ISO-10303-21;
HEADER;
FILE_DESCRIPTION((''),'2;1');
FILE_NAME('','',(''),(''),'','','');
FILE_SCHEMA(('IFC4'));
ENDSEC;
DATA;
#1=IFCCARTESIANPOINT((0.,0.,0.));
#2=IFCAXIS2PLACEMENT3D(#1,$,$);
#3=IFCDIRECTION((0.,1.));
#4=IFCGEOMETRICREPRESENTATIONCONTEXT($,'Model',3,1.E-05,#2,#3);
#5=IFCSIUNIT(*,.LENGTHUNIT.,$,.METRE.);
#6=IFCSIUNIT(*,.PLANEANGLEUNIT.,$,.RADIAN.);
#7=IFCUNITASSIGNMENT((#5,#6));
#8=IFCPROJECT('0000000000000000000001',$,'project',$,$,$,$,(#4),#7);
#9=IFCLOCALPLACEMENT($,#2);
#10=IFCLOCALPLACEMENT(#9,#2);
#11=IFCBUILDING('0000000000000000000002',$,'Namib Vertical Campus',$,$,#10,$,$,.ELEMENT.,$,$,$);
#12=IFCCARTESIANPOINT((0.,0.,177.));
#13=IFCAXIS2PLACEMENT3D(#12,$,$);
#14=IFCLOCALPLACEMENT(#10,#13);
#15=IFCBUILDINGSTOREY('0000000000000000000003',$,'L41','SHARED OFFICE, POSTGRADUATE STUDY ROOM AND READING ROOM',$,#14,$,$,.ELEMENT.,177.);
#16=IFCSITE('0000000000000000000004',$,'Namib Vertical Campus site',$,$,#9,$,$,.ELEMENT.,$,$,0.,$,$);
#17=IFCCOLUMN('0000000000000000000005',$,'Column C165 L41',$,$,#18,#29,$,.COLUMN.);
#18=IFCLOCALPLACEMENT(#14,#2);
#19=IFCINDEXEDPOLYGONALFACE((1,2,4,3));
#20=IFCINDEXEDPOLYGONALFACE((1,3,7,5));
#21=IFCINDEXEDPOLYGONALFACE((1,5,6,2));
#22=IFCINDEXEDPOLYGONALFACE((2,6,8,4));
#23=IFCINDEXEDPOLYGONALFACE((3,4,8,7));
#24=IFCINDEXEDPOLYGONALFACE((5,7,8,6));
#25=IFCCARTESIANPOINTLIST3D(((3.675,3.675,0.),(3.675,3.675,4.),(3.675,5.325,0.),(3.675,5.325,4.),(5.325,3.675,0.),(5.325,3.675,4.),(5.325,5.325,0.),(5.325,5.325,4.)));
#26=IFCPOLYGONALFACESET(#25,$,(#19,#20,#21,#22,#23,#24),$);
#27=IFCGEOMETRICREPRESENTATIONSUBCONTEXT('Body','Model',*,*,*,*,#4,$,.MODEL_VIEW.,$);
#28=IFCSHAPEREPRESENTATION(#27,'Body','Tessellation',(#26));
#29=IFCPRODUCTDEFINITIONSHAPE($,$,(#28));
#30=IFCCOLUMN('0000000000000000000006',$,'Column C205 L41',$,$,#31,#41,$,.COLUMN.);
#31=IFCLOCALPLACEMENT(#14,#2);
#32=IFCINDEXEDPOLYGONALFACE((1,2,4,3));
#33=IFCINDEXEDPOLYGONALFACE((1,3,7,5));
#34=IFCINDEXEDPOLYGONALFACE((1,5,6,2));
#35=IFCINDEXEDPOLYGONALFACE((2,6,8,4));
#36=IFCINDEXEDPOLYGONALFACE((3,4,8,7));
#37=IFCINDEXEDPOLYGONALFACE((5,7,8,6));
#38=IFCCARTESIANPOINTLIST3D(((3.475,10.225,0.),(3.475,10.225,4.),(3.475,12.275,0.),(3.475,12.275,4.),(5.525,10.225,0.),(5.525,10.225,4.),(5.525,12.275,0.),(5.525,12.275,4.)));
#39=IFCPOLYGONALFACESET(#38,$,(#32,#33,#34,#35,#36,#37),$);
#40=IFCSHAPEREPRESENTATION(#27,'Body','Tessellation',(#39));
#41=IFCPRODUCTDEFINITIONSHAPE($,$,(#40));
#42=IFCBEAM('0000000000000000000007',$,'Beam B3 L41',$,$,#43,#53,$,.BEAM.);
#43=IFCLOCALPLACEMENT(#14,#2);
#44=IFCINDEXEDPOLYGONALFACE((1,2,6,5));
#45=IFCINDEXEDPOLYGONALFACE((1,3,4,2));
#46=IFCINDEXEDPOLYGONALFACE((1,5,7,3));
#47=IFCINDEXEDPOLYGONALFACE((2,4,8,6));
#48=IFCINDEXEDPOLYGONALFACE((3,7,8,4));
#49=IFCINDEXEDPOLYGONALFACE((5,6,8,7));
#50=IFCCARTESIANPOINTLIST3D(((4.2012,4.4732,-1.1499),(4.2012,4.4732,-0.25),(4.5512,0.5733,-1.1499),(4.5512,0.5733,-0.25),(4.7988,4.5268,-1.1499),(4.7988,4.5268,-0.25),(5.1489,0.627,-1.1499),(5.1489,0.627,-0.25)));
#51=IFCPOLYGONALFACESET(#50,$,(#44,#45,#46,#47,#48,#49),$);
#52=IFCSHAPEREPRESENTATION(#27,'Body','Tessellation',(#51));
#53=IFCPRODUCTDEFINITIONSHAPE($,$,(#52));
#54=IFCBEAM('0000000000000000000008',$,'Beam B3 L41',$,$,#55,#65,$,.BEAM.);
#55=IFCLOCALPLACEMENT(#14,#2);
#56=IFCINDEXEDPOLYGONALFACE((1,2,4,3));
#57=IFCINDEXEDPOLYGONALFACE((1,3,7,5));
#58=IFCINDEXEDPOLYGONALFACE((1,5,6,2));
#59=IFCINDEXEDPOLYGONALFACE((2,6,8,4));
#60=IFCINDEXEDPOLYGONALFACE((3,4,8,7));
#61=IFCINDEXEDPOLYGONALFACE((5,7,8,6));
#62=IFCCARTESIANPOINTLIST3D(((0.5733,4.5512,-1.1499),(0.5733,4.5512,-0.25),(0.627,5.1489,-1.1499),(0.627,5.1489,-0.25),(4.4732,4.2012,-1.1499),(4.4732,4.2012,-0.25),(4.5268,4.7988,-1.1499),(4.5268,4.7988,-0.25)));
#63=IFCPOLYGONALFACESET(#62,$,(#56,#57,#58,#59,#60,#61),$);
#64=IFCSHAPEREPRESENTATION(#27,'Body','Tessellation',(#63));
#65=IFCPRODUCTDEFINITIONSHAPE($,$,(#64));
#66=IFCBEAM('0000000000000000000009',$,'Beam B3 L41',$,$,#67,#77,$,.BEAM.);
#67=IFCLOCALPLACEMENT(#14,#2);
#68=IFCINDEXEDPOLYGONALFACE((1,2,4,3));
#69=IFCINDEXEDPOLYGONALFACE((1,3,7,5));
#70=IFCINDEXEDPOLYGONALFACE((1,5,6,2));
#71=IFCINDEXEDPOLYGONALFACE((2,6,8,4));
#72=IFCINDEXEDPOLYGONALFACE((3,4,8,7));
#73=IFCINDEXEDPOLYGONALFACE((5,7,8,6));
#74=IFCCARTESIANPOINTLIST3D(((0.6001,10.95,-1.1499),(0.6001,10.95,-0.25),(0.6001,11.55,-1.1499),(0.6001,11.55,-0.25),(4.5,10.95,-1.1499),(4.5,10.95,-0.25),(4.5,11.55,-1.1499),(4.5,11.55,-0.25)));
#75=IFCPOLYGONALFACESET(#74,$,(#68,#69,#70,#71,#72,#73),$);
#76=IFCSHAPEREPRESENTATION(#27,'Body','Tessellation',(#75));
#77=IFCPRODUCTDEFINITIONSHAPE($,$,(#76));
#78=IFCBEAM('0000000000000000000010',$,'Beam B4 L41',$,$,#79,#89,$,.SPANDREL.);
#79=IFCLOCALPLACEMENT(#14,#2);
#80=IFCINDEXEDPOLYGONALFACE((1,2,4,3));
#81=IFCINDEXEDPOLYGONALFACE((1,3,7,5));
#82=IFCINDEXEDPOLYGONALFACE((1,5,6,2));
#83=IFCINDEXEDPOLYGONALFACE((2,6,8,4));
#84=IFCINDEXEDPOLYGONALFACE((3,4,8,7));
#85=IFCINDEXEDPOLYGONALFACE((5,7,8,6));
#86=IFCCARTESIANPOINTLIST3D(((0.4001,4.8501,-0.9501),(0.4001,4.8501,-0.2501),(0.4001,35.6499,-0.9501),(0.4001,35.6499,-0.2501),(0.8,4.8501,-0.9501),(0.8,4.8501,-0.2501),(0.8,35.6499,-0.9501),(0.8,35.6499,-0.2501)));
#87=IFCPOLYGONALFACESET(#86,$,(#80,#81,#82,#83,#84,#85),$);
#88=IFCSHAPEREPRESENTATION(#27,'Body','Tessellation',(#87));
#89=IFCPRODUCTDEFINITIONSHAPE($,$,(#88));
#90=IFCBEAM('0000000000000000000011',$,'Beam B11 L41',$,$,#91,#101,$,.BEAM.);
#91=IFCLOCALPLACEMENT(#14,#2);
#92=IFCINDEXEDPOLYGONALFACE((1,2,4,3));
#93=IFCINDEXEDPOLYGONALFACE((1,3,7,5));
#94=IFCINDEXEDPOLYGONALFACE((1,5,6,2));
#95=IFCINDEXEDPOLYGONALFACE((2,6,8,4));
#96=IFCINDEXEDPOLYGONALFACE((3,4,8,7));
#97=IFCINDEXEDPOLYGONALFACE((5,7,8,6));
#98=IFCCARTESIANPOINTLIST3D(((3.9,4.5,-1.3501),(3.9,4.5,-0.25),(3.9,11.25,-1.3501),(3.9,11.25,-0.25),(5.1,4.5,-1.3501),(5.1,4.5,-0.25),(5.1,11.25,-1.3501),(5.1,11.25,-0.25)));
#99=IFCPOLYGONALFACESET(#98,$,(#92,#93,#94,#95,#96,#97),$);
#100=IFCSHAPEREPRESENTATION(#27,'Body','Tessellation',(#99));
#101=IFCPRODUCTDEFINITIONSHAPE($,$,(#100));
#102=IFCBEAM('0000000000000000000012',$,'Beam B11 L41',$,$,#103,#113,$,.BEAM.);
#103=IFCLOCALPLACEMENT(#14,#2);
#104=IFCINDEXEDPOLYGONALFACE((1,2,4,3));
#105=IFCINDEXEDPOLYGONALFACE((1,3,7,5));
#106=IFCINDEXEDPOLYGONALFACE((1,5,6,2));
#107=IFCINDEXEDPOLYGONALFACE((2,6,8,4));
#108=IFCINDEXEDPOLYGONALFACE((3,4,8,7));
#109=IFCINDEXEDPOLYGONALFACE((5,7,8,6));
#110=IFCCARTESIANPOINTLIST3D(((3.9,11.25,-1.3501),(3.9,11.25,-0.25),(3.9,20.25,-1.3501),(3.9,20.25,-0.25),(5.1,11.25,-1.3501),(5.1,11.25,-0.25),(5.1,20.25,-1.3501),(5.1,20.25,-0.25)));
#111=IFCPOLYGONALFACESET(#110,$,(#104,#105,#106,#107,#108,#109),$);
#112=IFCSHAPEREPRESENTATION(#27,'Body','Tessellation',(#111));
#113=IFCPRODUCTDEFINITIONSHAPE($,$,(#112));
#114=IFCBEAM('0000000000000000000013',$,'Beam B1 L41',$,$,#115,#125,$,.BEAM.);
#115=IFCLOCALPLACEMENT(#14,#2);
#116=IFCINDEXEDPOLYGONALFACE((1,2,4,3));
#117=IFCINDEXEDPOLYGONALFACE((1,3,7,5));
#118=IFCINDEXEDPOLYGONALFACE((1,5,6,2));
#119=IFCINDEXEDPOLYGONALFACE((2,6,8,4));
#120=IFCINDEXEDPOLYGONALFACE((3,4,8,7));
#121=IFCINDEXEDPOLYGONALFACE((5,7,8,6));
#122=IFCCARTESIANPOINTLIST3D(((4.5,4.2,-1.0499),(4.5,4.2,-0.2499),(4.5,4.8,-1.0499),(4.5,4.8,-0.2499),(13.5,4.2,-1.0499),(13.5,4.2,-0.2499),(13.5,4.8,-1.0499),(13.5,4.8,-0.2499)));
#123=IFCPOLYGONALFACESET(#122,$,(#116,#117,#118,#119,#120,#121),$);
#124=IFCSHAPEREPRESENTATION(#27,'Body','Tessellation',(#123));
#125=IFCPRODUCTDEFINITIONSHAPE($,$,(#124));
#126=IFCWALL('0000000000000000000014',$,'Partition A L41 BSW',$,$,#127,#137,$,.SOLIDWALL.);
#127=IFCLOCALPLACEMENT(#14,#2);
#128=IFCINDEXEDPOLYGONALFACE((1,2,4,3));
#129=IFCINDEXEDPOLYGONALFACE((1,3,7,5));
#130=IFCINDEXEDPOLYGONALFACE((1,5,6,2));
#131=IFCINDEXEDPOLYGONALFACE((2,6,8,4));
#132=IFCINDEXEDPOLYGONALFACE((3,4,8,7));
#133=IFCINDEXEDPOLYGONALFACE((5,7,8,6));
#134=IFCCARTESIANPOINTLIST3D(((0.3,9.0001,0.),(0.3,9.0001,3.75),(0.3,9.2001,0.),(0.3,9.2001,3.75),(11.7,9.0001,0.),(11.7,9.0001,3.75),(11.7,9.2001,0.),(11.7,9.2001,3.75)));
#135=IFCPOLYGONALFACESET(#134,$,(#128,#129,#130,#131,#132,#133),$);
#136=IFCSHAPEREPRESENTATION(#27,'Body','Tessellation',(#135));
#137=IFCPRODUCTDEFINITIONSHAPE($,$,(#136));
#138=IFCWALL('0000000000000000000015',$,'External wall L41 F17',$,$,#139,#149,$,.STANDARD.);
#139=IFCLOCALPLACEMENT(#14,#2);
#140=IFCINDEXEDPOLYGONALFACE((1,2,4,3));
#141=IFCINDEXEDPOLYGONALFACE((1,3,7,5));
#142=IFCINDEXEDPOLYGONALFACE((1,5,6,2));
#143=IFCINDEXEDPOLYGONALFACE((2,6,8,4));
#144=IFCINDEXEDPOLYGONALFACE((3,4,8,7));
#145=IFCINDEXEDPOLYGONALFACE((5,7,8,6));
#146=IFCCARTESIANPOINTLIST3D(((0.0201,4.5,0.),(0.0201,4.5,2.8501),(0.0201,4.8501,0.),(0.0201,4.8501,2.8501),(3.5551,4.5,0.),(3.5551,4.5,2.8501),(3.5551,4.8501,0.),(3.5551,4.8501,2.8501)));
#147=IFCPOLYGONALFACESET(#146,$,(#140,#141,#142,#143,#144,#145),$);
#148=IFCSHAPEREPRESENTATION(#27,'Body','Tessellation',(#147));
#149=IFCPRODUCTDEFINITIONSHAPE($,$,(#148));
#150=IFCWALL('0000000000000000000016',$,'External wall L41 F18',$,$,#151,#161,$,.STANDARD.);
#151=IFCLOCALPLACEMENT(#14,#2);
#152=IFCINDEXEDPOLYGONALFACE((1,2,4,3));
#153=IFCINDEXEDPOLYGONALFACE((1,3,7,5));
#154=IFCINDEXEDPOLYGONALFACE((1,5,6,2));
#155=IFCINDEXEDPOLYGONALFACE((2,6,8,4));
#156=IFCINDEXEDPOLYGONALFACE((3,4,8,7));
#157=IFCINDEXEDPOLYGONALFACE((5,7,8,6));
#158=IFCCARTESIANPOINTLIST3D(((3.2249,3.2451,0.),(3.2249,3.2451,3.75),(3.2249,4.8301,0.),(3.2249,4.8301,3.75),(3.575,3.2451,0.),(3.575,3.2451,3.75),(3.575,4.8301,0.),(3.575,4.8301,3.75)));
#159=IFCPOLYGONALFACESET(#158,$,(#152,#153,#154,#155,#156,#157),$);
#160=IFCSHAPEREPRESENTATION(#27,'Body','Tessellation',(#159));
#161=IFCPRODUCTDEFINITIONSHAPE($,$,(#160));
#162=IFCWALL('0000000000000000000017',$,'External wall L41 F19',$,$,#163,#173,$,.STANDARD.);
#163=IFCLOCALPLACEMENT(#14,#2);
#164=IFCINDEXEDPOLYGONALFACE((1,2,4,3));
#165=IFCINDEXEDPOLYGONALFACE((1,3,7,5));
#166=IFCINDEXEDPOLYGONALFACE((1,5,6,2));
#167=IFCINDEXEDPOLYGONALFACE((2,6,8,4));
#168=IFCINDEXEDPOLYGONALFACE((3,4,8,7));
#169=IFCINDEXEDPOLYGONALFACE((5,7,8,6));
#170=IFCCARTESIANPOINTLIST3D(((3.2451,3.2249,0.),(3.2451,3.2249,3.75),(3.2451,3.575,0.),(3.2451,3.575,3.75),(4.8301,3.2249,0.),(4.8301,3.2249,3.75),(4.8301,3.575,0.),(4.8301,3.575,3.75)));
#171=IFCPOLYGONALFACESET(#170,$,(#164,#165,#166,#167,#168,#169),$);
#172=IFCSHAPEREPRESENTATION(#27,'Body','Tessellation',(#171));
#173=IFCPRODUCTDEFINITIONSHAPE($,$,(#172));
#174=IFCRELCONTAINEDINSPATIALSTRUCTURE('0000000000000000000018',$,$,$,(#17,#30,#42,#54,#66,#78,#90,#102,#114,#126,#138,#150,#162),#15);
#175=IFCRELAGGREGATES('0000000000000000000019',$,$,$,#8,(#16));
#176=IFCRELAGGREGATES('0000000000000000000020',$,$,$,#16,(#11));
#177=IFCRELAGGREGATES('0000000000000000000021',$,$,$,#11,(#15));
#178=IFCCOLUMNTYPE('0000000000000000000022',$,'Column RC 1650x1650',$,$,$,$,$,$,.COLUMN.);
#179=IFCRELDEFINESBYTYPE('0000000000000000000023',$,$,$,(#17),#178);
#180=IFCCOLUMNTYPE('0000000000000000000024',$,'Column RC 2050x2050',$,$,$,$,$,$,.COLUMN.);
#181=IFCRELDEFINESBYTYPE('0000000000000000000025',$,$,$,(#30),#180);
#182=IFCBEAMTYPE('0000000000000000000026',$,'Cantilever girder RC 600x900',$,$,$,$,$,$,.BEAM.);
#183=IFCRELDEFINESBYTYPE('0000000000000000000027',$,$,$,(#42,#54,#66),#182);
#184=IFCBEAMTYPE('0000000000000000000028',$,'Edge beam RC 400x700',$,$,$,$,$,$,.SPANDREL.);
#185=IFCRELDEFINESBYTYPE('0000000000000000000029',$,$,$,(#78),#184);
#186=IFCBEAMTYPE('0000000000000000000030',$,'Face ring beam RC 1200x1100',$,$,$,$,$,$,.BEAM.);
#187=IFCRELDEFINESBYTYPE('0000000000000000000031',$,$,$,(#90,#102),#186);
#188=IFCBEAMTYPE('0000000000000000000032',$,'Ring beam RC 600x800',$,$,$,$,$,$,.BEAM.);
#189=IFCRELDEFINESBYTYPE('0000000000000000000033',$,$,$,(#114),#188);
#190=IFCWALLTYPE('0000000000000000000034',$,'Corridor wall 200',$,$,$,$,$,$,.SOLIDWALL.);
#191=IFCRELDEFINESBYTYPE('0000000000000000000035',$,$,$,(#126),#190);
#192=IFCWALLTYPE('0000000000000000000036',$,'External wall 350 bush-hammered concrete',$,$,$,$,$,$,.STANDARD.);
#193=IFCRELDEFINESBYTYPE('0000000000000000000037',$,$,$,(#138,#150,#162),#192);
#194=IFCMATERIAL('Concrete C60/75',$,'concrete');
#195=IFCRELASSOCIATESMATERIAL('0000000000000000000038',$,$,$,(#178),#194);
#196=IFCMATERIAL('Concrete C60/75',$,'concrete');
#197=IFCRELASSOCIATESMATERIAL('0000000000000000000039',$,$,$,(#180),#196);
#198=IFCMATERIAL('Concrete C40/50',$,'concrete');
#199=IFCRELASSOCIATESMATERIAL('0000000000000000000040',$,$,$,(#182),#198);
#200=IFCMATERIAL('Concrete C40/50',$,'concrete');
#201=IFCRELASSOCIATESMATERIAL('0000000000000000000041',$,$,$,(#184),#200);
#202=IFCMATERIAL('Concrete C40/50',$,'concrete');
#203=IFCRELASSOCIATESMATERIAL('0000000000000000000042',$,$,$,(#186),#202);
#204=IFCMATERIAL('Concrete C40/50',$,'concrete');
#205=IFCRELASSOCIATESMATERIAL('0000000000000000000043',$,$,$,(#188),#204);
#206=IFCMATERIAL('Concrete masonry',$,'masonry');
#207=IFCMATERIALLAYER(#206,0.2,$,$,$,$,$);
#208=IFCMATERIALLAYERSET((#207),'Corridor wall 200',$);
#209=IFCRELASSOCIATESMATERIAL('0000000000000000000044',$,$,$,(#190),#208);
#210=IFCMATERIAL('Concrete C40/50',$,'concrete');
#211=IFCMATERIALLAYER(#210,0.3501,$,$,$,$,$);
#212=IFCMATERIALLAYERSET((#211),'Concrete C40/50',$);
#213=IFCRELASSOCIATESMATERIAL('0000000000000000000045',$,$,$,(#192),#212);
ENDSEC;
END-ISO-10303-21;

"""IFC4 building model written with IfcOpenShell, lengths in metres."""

from ifc_helpers import new_model, si_unit, direction, frame, frame_2d, origin, origin_2d, place, context, subcontext, project, spatial, rectangle, extrude, material, layer, layer_set, material_profile, profile_set, type_object, element, save


model = new_model("IFC4")

# Units and contexts
model_context = context("Model", 3, precision=1e-05, world=origin(), true_north=direction((0.0, 1.0)))
body_context = subcontext(model_context, "Body", "Model", "MODEL_VIEW")
ifc_project = project(units=[si_unit("LENGTHUNIT", "METRE"), si_unit("PLANEANGLEUNIT", "RADIAN")], contexts=[model_context])

# Site, building, storey
site_placement = place(None, origin())
site = spatial("IfcSite", under=ifc_project, at=site_placement, Name="Namib Vertical Campus site", CompositionType="ELEMENT", RefElevation=0.0)
building_placement = place(site_placement, origin())
building = spatial("IfcBuilding", under=site, at=building_placement, Name="Namib Vertical Campus", CompositionType="ELEMENT")
storey_placement = place(building_placement, frame((0.0, 0.0, 177.0)))
storey = spatial("IfcBuildingStorey", under=building, at=storey_placement, Name="L41", Description="SHARED OFFICE, POSTGRADUATE STUDY ROOM AND READING ROOM", CompositionType="ELEMENT", Elevation=177.0)

# Columns
ifc_material_1 = material(Name="Concrete C60/75", Category="concrete")
ifc_material_profile_1 = material_profile(ifc_material_1, rectangle(XDim=1.6499, YDim=1.6499, at=origin_2d()))
ifc_profile_set_1 = profile_set([ifc_material_profile_1], Name="Concrete C60/75")
column_type_1 = type_object("IfcColumnType", Name="Column RC 1650x1650", PredefinedType="COLUMN", material=ifc_profile_set_1)
column_1_placement = place(storey_placement, frame((4.5, 4.5, 0.0), z_axis=(0.0, 0.0, 1.0), x_axis=(1.0, 0.0, 0.0)))
element("IfcColumn", 1, at=column_1_placement, inside=storey, type_object=column_type_1, Name="Column C165 L41", PredefinedType="COLUMN", context=body_context, shape_type="SweptSolid", body=[
    extrude(rectangle(XDim=1.6499, YDim=1.6499, at=origin_2d()), origin(), (0.0, 0.0, 1.0), 4.0),
])
ifc_material_2 = material(Name="Concrete C60/75", Category="concrete")
ifc_material_profile_2 = material_profile(ifc_material_2, rectangle(XDim=2.05, YDim=2.05, at=origin_2d()))
ifc_profile_set_2 = profile_set([ifc_material_profile_2], Name="Concrete C60/75")
column_type_2 = type_object("IfcColumnType", Name="Column RC 2050x2050", PredefinedType="COLUMN", material=ifc_profile_set_2)
column_2_placement = place(storey_placement, frame((4.5, 11.25, 0.0), z_axis=(0.0, 0.0, 1.0), x_axis=(1.0, 0.0, 0.0)))
element("IfcColumn", 2, at=column_2_placement, inside=storey, type_object=column_type_2, Name="Column C205 L41", PredefinedType="COLUMN", context=body_context, shape_type="SweptSolid", body=[
    extrude(rectangle(XDim=2.05, YDim=2.05, at=origin_2d()), origin(), (0.0, 0.0, 1.0), 4.0),
])

# Beams
ifc_material_3 = material(Name="Concrete C40/50", Category="concrete")
ifc_material_profile_3 = material_profile(ifc_material_3, rectangle(XDim=0.6001, YDim=0.8999, at=origin_2d()))
ifc_profile_set_3 = profile_set([ifc_material_profile_3], Name="Concrete C40/50")
beam_type_1 = type_object("IfcBeamType", Name="Cantilever girder RC 600x900", PredefinedType="BEAM", material=ifc_profile_set_3)
for number, where, z_axis, x_axis, name in (
    (3, (4.5, 4.5, -0.7), (0.089411, -0.995995, 0.0), (0.995995, 0.089411, 0.0), "Beam B3 L41"),
    (4, (4.5, 4.5, -0.7), (-0.995995, 0.089411, 0.0), (-0.089411, -0.995995, 0.0), "Beam B3 L41"),
):
    element("IfcBeam", number, at=place(storey_placement, frame(where, z_axis=z_axis, x_axis=x_axis)), inside=storey, type_object=beam_type_1, Name=name, PredefinedType="BEAM", context=body_context, shape_type="SweptSolid", body=[
        extrude(rectangle(XDim=0.6001, YDim=0.8999, at=origin_2d()), origin(), (0.0, 0.0, 1.0), 3.9155),
    ])
beam_1_placement = place(storey_placement, frame((4.5, 11.25, -0.7), z_axis=(-1.0, 0.0, 0.0), x_axis=(0.0, -1.0, 0.0)))
element("IfcBeam", 5, at=beam_1_placement, inside=storey, type_object=beam_type_1, Name="Beam B3 L41", PredefinedType="BEAM", context=body_context, shape_type="SweptSolid", body=[
    extrude(rectangle(XDim=0.6001, YDim=0.8999, at=origin_2d()), origin(), (0.0, 0.0, 1.0), 3.8999),
])
ifc_material_4 = material(Name="Concrete C40/50", Category="concrete")
ifc_material_profile_4 = material_profile(ifc_material_4, rectangle(XDim=0.3999, YDim=0.7, at=origin_2d()))
ifc_profile_set_4 = profile_set([ifc_material_profile_4], Name="Concrete C40/50")
beam_type_2 = type_object("IfcBeamType", Name="Edge beam RC 400x700", PredefinedType="SPANDREL", material=ifc_profile_set_4)
beam_2_placement = place(storey_placement, frame((0.6001, 4.8501, -0.6001), z_axis=(0.0, 1.0, 0.0), x_axis=(-1.0, 0.0, 0.0)))
element("IfcBeam", 6, at=beam_2_placement, inside=storey, type_object=beam_type_2, Name="Beam B4 L41", PredefinedType="SPANDREL", context=body_context, shape_type="SweptSolid", body=[
    extrude(rectangle(XDim=0.3999, YDim=0.7, at=origin_2d()), origin(), (0.0, 0.0, 1.0), 30.7998),
])
ifc_material_5 = material(Name="Concrete C40/50", Category="concrete")
ifc_material_profile_5 = material_profile(ifc_material_5, rectangle(XDim=1.2, YDim=1.1001, at=origin_2d()))
ifc_profile_set_5 = profile_set([ifc_material_profile_5], Name="Concrete C40/50")
beam_type_3 = type_object("IfcBeamType", Name="Face ring beam RC 1200x1100", PredefinedType="BEAM", material=ifc_profile_set_5)
beam_3_placement = place(storey_placement, frame((4.5, 4.5, -0.8), z_axis=(0.0, 1.0, 0.0), x_axis=(-1.0, 0.0, 0.0)))
element("IfcBeam", 7, at=beam_3_placement, inside=storey, type_object=beam_type_3, Name="Beam B11 L41", PredefinedType="BEAM", context=body_context, shape_type="SweptSolid", body=[
    extrude(rectangle(XDim=1.2, YDim=1.1001, at=origin_2d()), origin(), (0.0, 0.0, 1.0), 6.75),
])
beam_4_placement = place(storey_placement, frame((4.5, 11.25, -0.8), z_axis=(0.0, 1.0, 0.0), x_axis=(-1.0, 0.0, 0.0)))
element("IfcBeam", 8, at=beam_4_placement, inside=storey, type_object=beam_type_3, Name="Beam B11 L41", PredefinedType="BEAM", context=body_context, shape_type="SweptSolid", body=[
    extrude(rectangle(XDim=1.2, YDim=1.1001, at=origin_2d()), origin(), (0.0, 0.0, 1.0), 9.0),
])
ifc_material_6 = material(Name="Concrete C40/50", Category="concrete")
ifc_material_profile_6 = material_profile(ifc_material_6, rectangle(XDim=0.6001, YDim=0.8, at=origin_2d()))
ifc_profile_set_6 = profile_set([ifc_material_profile_6], Name="Concrete C40/50")
beam_type_4 = type_object("IfcBeamType", Name="Ring beam RC 600x800", PredefinedType="BEAM", material=ifc_profile_set_6)
beam_5_placement = place(storey_placement, frame((4.5, 4.5, -0.6499), z_axis=(1.0, 0.0, 0.0), x_axis=(0.0, 1.0, 0.0)))
element("IfcBeam", 9, at=beam_5_placement, inside=storey, type_object=beam_type_4, Name="Beam B1 L41", PredefinedType="BEAM", context=body_context, shape_type="SweptSolid", body=[
    extrude(rectangle(XDim=0.6001, YDim=0.8, at=origin_2d()), origin(), (0.0, 0.0, 1.0), 9.0),
])

# Walls
ifc_material_7 = material(Name="Concrete masonry", Category="masonry")
ifc_layer_1 = layer(ifc_material_7, 0.2)
ifc_layer_set_1 = layer_set([ifc_layer_1], Name="Corridor wall 200")
wall_type_1 = type_object("IfcWallType", Name="Corridor wall 200", PredefinedType="SOLIDWALL", material=ifc_layer_set_1)
wall_1_placement = place(storey_placement, frame((0.3, 9.1001, 0.0), z_axis=(0.0, 0.0, 1.0), x_axis=(1.0, 0.0, 0.0)))
element("IfcWall", 10, at=wall_1_placement, inside=storey, type_object=wall_type_1, Name="Partition A L41 BSW", PredefinedType="SOLIDWALL", context=body_context, shape_type="SweptSolid", body=[
    extrude(rectangle(XDim=11.3999, YDim=0.2, at=frame_2d((5.7, 0.0))), origin(), (0.0, 0.0, 1.0), 3.75),
])
ifc_material_8 = material(Name="Concrete C40/50", Category="concrete")
ifc_layer_2 = layer(ifc_material_8, 0.3501)
ifc_layer_set_2 = layer_set([ifc_layer_2], Name="Concrete C40/50")
wall_type_2 = type_object("IfcWallType", Name="External wall 350 bush-hammered concrete", PredefinedType="STANDARD", material=ifc_layer_set_2)
wall_2_placement = place(storey_placement, frame((0.02, 4.675, 0.0), z_axis=(0.0, 0.0, 1.0), x_axis=(1.0, 0.0, 0.0)))
element("IfcWall", 11, at=wall_2_placement, inside=storey, type_object=wall_type_2, Name="External wall L41 F17", PredefinedType="STANDARD", context=body_context, shape_type="SweptSolid", body=[
    extrude(rectangle(XDim=3.5349, YDim=0.3501, at=frame_2d((1.7676, 0.0))), origin(), (0.0, 0.0, 1.0), 2.8501),
])
for number, where, z_axis, x_axis, name in (
    (12, (3.3999, 4.8301, 0.0), (0.0, 0.0, 1.0), (0.0, -1.0, 0.0), "External wall L41 F18"),
    (13, (3.2451, 3.3999, 0.0), (0.0, 0.0, 1.0), (1.0, 0.0, 0.0), "External wall L41 F19"),
):
    element("IfcWall", number, at=place(storey_placement, frame(where, z_axis=z_axis, x_axis=x_axis)), inside=storey, type_object=wall_type_2, Name=name, PredefinedType="STANDARD", context=body_context, shape_type="SweptSolid", body=[
        extrude(rectangle(XDim=1.585, YDim=0.3501, at=frame_2d((0.7925, 0.0))), origin(), (0.0, 0.0, 1.0), 3.75),
    ])

save(model, "model.ifc")
